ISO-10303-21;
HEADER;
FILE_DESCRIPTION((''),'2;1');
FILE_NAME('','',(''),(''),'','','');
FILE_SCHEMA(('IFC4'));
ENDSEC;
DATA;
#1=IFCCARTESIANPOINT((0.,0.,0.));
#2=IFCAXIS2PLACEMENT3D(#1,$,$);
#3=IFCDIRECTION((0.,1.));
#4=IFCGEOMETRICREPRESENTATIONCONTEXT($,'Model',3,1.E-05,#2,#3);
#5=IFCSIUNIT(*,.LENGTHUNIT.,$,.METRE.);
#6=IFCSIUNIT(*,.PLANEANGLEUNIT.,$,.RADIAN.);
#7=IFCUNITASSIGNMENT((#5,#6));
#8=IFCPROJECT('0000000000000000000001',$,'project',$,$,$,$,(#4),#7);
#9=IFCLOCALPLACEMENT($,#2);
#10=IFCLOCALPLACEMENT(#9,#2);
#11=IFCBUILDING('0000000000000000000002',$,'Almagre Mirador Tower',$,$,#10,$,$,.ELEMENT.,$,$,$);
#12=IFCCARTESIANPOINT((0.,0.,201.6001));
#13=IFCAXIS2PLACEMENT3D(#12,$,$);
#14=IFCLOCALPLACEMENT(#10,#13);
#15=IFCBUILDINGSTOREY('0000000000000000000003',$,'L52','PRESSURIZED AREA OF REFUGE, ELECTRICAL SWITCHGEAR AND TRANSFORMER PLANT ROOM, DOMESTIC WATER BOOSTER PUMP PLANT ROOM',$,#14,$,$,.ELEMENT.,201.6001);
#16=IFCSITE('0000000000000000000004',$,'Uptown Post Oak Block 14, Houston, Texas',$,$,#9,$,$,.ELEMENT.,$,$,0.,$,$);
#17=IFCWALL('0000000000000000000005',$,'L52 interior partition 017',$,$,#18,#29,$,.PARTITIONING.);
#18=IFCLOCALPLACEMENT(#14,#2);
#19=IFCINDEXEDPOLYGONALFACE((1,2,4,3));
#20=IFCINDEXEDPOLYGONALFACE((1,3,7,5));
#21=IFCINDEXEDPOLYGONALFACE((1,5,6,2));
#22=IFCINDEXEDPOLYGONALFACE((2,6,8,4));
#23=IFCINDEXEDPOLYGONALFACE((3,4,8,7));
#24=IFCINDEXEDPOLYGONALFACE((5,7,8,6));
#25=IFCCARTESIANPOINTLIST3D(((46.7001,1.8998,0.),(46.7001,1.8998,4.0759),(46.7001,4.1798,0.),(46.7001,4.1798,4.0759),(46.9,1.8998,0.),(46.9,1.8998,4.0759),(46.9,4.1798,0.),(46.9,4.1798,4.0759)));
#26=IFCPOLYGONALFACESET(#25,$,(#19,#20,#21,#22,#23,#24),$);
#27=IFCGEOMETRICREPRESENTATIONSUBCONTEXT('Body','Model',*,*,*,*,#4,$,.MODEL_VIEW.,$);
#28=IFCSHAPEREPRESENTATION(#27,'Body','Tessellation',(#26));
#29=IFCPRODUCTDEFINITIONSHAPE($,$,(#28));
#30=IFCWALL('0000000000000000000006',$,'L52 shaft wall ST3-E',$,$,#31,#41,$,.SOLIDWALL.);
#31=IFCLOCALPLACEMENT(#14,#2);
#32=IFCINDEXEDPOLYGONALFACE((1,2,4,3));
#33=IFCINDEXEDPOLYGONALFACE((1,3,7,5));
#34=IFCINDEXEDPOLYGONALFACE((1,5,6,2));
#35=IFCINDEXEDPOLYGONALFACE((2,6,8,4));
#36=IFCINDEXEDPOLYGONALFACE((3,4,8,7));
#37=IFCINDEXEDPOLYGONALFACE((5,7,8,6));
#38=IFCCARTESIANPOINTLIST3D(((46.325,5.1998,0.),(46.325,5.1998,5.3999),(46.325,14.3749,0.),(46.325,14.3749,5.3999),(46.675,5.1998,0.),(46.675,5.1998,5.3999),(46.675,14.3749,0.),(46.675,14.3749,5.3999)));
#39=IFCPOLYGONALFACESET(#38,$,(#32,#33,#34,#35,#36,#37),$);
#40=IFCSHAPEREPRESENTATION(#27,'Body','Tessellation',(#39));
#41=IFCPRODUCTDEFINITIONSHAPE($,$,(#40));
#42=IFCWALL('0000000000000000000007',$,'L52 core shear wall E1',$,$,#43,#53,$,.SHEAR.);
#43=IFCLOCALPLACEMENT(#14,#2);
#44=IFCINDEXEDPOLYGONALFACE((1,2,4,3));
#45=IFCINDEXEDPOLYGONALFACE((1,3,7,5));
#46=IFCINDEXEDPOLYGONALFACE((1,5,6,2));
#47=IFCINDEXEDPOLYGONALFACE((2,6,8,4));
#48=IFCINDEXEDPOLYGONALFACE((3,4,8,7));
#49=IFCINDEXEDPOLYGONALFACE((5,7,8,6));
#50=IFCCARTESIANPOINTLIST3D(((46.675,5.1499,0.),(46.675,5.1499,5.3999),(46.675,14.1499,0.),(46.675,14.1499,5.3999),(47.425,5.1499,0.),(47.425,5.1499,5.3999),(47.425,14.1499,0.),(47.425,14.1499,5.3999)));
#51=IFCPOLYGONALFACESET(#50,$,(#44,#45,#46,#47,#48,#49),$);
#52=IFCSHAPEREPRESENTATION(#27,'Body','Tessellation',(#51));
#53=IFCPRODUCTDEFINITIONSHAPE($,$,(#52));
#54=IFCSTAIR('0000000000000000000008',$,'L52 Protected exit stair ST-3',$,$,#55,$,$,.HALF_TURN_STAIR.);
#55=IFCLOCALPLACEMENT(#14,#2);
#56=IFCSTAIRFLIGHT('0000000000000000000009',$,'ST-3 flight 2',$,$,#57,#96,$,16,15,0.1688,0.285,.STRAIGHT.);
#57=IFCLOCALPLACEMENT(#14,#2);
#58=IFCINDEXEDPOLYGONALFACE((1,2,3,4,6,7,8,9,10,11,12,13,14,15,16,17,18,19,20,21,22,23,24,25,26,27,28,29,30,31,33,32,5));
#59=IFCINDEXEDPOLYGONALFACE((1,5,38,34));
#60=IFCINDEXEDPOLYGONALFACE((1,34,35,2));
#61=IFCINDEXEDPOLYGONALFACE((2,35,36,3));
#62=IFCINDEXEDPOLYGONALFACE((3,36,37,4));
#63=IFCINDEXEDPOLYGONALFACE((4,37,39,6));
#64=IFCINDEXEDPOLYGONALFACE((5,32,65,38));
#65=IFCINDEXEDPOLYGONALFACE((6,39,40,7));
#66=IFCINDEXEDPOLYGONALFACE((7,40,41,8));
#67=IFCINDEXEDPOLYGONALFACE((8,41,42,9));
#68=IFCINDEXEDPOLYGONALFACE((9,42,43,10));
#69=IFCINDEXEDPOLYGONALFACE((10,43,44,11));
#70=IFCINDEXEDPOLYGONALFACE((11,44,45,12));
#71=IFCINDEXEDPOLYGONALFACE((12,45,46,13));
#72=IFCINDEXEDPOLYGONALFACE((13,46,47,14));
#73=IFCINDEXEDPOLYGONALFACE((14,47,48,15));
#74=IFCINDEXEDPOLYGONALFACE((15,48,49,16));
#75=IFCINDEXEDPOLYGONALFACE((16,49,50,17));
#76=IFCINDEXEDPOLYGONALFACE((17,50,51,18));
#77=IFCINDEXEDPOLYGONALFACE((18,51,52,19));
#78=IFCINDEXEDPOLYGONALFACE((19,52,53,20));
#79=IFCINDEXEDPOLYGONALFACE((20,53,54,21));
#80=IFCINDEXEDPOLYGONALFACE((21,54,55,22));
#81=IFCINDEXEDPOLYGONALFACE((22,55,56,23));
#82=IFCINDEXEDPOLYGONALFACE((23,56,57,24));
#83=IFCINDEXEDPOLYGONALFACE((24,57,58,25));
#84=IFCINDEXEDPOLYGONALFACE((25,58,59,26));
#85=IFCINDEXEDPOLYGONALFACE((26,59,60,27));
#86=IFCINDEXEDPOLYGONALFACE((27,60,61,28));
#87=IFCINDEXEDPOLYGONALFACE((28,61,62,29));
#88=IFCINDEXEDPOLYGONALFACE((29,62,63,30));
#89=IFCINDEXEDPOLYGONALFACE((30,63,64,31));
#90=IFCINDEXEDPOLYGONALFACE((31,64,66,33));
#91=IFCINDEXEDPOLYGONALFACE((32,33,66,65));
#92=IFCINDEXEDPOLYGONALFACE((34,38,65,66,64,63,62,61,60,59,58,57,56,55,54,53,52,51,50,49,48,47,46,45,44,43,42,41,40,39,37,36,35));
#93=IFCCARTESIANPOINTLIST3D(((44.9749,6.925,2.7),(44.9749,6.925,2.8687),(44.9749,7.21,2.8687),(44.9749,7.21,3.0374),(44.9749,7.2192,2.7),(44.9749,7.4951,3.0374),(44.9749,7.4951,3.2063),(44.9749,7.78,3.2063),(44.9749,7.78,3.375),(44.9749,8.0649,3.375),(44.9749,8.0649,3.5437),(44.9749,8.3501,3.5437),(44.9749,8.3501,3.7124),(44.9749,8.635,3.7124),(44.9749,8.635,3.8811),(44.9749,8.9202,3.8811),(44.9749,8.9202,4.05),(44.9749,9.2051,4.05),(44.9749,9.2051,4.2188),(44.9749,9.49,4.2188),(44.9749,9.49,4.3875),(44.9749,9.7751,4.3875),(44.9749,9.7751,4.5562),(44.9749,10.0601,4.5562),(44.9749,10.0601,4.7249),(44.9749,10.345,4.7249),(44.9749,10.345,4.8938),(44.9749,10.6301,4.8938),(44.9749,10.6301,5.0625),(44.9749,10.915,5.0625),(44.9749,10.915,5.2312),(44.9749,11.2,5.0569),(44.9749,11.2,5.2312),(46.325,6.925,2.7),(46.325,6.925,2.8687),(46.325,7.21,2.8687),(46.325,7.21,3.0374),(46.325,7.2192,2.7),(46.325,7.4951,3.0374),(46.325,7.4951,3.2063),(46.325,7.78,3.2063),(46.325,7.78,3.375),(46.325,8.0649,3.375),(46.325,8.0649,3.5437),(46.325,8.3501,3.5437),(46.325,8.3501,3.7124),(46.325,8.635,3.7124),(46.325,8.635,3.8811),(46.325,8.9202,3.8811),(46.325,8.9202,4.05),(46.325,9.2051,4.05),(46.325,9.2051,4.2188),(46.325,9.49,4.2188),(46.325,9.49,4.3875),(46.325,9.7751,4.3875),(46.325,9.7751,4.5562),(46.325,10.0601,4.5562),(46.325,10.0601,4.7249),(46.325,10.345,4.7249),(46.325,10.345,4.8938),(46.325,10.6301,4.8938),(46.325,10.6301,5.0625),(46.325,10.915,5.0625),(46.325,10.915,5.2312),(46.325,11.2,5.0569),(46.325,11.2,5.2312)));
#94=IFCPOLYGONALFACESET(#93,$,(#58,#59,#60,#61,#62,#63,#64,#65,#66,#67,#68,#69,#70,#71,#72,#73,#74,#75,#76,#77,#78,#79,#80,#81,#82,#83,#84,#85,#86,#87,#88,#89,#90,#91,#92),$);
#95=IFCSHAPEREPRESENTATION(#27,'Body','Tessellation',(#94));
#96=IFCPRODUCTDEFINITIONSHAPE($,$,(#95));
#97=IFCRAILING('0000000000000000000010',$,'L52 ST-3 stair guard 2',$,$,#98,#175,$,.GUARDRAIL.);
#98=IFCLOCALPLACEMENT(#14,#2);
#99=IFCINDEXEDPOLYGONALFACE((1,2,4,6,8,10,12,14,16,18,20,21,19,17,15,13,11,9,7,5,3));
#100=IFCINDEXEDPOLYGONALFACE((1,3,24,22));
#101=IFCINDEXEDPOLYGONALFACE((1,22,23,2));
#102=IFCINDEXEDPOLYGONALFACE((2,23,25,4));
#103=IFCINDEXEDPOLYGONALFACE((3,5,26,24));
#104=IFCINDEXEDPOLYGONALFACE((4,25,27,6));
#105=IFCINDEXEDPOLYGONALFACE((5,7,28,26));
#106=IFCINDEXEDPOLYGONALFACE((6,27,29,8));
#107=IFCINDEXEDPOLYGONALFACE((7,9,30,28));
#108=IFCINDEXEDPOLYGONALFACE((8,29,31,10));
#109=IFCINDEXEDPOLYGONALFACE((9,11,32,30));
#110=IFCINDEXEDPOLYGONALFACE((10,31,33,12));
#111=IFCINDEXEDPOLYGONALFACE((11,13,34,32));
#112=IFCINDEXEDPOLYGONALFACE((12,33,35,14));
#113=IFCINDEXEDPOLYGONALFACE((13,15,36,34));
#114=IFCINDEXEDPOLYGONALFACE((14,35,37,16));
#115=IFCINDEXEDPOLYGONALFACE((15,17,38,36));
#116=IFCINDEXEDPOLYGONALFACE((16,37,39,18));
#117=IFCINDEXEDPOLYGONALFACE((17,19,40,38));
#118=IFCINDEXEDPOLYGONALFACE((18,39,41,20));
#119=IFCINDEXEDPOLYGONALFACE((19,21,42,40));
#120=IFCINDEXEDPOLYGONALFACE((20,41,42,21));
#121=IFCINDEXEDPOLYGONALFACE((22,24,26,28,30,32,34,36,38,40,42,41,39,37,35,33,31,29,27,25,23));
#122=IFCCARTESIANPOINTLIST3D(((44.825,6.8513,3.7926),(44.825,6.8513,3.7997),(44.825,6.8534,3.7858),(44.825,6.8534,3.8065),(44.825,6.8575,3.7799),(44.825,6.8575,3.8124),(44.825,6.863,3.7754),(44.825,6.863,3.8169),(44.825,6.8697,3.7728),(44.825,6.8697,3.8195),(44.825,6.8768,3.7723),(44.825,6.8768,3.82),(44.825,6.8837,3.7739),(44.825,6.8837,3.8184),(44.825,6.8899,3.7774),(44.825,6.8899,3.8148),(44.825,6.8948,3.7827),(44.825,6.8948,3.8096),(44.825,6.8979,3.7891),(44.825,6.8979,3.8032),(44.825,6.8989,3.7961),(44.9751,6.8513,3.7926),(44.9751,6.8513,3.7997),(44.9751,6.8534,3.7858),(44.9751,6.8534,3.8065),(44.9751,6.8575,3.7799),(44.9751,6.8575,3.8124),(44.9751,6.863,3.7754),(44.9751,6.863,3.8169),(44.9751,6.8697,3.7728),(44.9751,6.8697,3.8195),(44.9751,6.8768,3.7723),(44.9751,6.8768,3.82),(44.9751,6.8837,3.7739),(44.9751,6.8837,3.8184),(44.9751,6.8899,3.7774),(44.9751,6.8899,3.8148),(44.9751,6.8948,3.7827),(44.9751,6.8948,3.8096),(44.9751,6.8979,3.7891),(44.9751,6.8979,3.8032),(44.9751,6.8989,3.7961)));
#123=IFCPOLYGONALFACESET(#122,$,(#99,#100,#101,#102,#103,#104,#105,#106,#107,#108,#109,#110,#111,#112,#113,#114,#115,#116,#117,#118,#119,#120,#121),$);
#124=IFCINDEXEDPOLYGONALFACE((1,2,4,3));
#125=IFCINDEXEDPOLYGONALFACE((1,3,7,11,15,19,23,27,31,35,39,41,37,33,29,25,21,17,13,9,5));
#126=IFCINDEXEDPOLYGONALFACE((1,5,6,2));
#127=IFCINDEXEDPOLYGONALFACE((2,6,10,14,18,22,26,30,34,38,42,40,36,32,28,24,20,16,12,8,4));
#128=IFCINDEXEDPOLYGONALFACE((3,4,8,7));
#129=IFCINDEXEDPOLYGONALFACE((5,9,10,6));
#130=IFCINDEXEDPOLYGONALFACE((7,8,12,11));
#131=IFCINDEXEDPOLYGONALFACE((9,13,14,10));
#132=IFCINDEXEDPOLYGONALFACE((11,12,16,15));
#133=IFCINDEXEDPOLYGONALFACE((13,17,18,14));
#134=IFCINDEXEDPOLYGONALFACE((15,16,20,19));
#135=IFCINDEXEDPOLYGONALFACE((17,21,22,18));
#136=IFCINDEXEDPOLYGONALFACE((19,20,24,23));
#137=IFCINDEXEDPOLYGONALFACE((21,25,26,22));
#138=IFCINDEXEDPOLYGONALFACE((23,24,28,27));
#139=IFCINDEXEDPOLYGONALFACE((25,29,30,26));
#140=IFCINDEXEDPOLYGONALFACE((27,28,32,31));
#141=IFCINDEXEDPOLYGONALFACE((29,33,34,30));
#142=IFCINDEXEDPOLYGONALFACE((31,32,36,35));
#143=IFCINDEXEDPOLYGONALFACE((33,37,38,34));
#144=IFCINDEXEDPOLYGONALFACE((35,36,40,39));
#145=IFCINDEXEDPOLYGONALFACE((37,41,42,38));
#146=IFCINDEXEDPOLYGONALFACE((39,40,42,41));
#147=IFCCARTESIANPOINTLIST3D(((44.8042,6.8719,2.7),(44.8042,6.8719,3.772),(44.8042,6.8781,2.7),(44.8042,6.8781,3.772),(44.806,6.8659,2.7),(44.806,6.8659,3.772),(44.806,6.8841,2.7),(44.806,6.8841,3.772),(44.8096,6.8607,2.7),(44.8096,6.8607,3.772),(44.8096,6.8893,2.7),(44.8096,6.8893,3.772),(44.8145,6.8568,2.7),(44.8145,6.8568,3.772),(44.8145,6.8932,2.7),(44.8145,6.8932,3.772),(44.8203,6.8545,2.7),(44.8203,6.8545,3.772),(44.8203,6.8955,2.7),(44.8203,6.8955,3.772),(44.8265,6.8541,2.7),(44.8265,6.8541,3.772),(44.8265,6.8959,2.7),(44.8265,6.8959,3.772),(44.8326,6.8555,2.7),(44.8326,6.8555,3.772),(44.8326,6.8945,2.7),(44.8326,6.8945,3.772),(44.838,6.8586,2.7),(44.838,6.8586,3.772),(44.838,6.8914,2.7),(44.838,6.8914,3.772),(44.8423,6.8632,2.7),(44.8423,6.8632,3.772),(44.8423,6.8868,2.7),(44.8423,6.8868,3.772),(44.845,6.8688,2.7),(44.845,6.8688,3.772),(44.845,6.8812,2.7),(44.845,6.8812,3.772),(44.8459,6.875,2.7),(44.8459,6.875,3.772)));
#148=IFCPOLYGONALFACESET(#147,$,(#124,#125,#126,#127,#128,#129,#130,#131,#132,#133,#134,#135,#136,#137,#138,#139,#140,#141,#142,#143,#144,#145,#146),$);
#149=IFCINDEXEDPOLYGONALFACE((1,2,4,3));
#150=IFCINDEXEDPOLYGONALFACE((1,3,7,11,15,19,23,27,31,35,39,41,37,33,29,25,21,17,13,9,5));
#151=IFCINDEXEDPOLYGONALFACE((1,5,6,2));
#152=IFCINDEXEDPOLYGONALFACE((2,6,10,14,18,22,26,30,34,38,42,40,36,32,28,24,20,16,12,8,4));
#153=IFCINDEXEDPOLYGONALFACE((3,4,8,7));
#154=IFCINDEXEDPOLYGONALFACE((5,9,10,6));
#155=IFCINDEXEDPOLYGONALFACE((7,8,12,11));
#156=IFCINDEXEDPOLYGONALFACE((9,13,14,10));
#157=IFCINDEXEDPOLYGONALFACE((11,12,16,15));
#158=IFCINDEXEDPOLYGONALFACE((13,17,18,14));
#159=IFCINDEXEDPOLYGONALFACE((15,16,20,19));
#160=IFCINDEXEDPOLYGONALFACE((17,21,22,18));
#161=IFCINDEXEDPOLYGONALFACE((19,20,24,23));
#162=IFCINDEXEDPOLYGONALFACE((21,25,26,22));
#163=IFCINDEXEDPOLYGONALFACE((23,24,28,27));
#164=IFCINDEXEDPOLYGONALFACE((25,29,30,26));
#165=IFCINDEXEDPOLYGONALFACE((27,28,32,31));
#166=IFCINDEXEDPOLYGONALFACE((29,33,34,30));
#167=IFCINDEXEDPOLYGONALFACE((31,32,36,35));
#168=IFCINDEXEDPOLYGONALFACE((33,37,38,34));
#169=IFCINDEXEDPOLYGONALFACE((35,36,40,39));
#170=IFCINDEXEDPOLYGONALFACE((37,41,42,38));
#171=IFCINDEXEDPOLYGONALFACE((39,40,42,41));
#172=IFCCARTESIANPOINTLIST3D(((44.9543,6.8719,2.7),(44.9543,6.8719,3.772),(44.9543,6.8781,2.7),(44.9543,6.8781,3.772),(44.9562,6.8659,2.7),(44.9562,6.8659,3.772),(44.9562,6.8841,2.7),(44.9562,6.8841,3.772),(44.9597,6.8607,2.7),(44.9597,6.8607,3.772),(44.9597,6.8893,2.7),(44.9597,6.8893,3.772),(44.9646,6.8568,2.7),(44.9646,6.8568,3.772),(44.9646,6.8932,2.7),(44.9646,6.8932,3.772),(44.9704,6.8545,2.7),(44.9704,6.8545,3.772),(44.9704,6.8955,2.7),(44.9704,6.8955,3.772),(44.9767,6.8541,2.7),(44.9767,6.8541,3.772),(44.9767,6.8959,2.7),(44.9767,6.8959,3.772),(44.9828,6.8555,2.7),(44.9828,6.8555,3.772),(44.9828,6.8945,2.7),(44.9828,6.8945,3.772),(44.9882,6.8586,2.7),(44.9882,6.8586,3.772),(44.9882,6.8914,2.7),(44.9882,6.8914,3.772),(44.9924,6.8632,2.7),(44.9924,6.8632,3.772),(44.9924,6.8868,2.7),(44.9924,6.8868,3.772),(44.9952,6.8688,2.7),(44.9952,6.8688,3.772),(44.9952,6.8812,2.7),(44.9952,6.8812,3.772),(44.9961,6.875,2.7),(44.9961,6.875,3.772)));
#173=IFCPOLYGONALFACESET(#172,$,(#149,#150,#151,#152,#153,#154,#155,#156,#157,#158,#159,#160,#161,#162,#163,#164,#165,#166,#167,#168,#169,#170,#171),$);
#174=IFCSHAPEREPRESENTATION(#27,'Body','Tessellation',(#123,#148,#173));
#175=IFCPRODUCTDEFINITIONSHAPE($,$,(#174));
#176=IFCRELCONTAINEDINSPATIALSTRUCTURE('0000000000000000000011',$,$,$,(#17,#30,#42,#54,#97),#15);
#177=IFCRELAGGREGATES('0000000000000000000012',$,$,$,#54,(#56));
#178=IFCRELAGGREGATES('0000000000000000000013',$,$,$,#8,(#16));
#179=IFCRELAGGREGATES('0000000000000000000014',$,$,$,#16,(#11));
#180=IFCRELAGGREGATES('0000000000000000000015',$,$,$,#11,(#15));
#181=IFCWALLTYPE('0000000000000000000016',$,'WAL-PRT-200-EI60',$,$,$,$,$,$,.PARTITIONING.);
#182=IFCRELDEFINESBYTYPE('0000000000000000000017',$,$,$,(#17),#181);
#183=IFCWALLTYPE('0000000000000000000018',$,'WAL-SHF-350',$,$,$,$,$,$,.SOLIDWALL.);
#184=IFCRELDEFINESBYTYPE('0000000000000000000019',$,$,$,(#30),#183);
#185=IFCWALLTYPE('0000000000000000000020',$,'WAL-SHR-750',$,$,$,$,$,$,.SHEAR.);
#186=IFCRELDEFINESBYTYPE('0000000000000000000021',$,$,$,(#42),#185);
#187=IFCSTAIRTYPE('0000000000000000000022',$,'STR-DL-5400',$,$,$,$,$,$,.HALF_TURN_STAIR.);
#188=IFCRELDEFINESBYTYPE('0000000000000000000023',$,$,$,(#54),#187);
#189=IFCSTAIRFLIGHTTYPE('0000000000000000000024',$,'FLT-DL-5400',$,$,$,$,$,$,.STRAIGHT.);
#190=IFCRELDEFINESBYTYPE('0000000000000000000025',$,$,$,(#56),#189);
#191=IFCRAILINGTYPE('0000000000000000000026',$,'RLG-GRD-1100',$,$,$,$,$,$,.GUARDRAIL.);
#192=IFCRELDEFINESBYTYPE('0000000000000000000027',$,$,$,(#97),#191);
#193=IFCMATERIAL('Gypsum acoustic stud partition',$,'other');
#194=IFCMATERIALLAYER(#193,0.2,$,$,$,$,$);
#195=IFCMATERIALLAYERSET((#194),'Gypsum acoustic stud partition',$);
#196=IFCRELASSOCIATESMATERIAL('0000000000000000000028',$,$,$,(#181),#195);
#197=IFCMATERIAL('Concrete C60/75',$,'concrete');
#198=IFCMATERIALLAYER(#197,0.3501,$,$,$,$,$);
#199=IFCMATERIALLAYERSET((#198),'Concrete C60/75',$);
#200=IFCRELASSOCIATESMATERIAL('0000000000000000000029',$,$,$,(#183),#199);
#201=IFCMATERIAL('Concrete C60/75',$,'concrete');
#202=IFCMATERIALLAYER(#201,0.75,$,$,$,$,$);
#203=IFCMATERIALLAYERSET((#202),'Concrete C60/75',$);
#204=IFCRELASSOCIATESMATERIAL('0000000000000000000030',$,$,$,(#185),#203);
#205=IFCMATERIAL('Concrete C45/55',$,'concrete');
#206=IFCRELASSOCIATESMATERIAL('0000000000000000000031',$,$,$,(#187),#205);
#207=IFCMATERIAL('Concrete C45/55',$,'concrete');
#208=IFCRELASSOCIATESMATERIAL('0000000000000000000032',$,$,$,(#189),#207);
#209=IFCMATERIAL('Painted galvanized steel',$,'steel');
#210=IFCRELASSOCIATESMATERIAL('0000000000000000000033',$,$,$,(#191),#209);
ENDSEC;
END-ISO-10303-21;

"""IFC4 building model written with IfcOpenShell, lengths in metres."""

from ifc_helpers import new_model, si_unit, direction, frame, frame_2d, origin, origin_2d, place, context, subcontext, project, spatial, polyline, rectangle, circle, outline, extrude, material, layer, layer_set, type_object, element, aggregate, save


model = new_model("IFC4")

# Units and contexts
model_context = context("Model", 3, precision=1e-05, world=origin(), true_north=direction((0.0, 1.0)))
body_context = subcontext(model_context, "Body", "Model", "MODEL_VIEW")
ifc_project = project(units=[si_unit("LENGTHUNIT", "METRE"), si_unit("PLANEANGLEUNIT", "RADIAN")], contexts=[model_context])

# Site, building, storey
site_placement = place(None, origin())
site = spatial("IfcSite", under=ifc_project, at=site_placement, Name="Uptown Post Oak Block 14, Houston, Texas", CompositionType="ELEMENT", RefElevation=0.0)
building_placement = place(site_placement, origin())
building = spatial("IfcBuilding", under=site, at=building_placement, Name="Almagre Mirador Tower", CompositionType="ELEMENT")
storey_placement = place(building_placement, frame((0.0, 0.0, 201.6001)))
storey = spatial("IfcBuildingStorey", under=building, at=storey_placement, Name="L52", Description="PRESSURIZED AREA OF REFUGE, ELECTRICAL SWITCHGEAR AND TRANSFORMER PLANT ROOM, DOMESTIC WATER BOOSTER PUMP PLANT ROOM", CompositionType="ELEMENT", Elevation=201.6001)

# Walls
ifc_material_1 = material(Name="Gypsum acoustic stud partition", Category="other")
ifc_layer_1 = layer(ifc_material_1, 0.2)
ifc_layer_set_1 = layer_set([ifc_layer_1], Name="Gypsum acoustic stud partition")
wall_type_1 = type_object("IfcWallType", Name="WAL-PRT-200-EI60", PredefinedType="PARTITIONING", material=ifc_layer_set_1)
wall_1_placement = place(storey_placement, frame((46.8, 4.1799, 0.0), z_axis=(0.0, 0.0, 1.0), x_axis=(0.0, -1.0, 0.0)))
element("IfcWall", 1, at=wall_1_placement, inside=storey, type_object=wall_type_1, Name="L52 interior partition 017", PredefinedType="PARTITIONING", context=body_context, shape_type="SweptSolid", body=[
    extrude(rectangle(XDim=2.28, YDim=0.2, at=frame_2d((1.1401, 0.0))), origin(), (0.0, 0.0, 1.0), 4.0759),
])
ifc_material_2 = material(Name="Concrete C60/75", Category="concrete")
ifc_layer_2 = layer(ifc_material_2, 0.3501)
ifc_layer_set_2 = layer_set([ifc_layer_2], Name="Concrete C60/75")
wall_type_2 = type_object("IfcWallType", Name="WAL-SHF-350", PredefinedType="SOLIDWALL", material=ifc_layer_set_2)
wall_2_placement = place(storey_placement, frame((46.5, 5.2, 0.0), z_axis=(0.0, 0.0, 1.0), x_axis=(0.0, 1.0, 0.0)))
element("IfcWall", 2, at=wall_2_placement, inside=storey, type_object=wall_type_2, Name="L52 shaft wall ST3-E", PredefinedType="SOLIDWALL", context=body_context, shape_type="SweptSolid", body=[
    extrude(rectangle(XDim=9.175, YDim=0.3501, at=frame_2d((4.5874, 0.0))), origin(), (0.0, 0.0, 1.0), 5.3999),
])
ifc_material_3 = material(Name="Concrete C60/75", Category="concrete")
ifc_layer_3 = layer(ifc_material_3, 0.75)
ifc_layer_set_3 = layer_set([ifc_layer_3], Name="Concrete C60/75")
wall_type_3 = type_object("IfcWallType", Name="WAL-SHR-750", PredefinedType="SHEAR", material=ifc_layer_set_3)
wall_3_placement = place(storey_placement, frame((47.05, 5.1499, 0.0), z_axis=(0.0, 0.0, 1.0), x_axis=(0.0, 1.0, 0.0)))
element("IfcWall", 3, at=wall_3_placement, inside=storey, type_object=wall_type_3, Name="L52 core shear wall E1", PredefinedType="SHEAR", context=body_context, shape_type="SweptSolid", body=[
    extrude(rectangle(XDim=9.0, YDim=0.75, at=frame_2d((4.5, 0.0))), origin(), (0.0, 0.0, 1.0), 5.3999),
])

# Stair, stair flight
ifc_material_4 = material(Name="Concrete C45/55", Category="concrete")
stair_type = type_object("IfcStairType", Name="STR-DL-5400", PredefinedType="HALF_TURN_STAIR", material=ifc_material_4)
stair_placement = place(storey_placement, origin())
stair = element("IfcStair", 4, at=stair_placement, inside=storey, type_object=stair_type, Name="L52 Protected exit stair ST-3", PredefinedType="HALF_TURN_STAIR")
ifc_material_5 = material(Name="Concrete C45/55", Category="concrete")
stair_flight_type = type_object("IfcStairFlightType", Name="FLT-DL-5400", PredefinedType="STRAIGHT", material=ifc_material_5)
stair_flight_placement = place(storey_placement, frame((45.6499, 6.925, 2.7), z_axis=(0.0, 0.0, 1.0), x_axis=(0.0, 1.0, 0.0)))
stair_flight = element("IfcStairFlight", 5, at=stair_flight_placement, type_object=stair_flight_type, Name="ST-3 flight 2", NumberOfRisers=16, NumberOfTreads=15, PredefinedType="STRAIGHT", RiserHeight=0.1688, TreadLength=0.285, context=body_context, shape_type="SweptSolid", body=[
    extrude(outline(polyline([(0.0, 0.0), (0.0, 0.1687), (0.2849, 0.1687), (0.2849, 0.3374), (0.5701, 0.3374), (0.5701, 0.5063), (0.855, 0.5063), (0.855, 0.675), (1.1399, 0.675), (1.1399, 0.8438), (1.425, 0.8438), (1.425, 1.0125), (1.71, 1.0125), (1.71, 1.1812), (1.9951, 1.1812), (1.9951, 1.3501), (2.28, 1.3501), (2.28, 1.5188), (2.5649, 1.5188), (2.5649, 1.6875), (2.8501, 1.6875), (2.8501, 1.8562), (3.135, 1.8562), (3.135, 2.0249), (3.4199, 2.0249), (3.4199, 2.1938), (3.7051, 2.1938), (3.7051, 2.3625), (3.99, 2.3625), (3.99, 2.5312), (4.2749, 2.5312), (4.2749, 2.7), (4.2749, 2.3569), (0.2942, 0.0), (0.0, 0.0)])), frame((0.0, 0.675, 0.0), z_axis=(0.0, -1.0, 0.0), x_axis=(1.0, 0.0, 0.0)), (0.0, 0.0, 1.0), 1.3501),
])
aggregate(stair, [stair_flight])

# Railing
ifc_material_6 = material(Name="Painted galvanized steel", Category="steel")
railing_type_1 = type_object("IfcRailingType", Name="RLG-GRD-1100", PredefinedType="GUARDRAIL", material=ifc_material_6)
railing_1_placement = place(storey_placement, frame((44.825, 6.875, 2.7)))
element("IfcRailing", 6, at=railing_1_placement, inside=storey, type_object=railing_type_1, Name="L52 ST-3 stair guard 2", PredefinedType="GUARDRAIL", context=body_context, shape_type="SweptSolid", body=[
    extrude(circle(Radius=0.0239, at=origin_2d()), frame((0.0, 0.0, 1.0962), z_axis=(1.0, 0.0, 0.0), x_axis=(0.0, 1.0, 0.0)), (0.0, 0.0, 1.0), 0.1501),
    extrude(circle(Radius=0.021, at=origin_2d()), origin(), (0.0, 0.0, 1.0), 1.072),
    extrude(circle(Radius=0.021, at=origin_2d()), frame((0.1501, 0.0, 0.0)), (0.0, 0.0, 1.0), 1.072),
])

save(model, "model.ifc")
